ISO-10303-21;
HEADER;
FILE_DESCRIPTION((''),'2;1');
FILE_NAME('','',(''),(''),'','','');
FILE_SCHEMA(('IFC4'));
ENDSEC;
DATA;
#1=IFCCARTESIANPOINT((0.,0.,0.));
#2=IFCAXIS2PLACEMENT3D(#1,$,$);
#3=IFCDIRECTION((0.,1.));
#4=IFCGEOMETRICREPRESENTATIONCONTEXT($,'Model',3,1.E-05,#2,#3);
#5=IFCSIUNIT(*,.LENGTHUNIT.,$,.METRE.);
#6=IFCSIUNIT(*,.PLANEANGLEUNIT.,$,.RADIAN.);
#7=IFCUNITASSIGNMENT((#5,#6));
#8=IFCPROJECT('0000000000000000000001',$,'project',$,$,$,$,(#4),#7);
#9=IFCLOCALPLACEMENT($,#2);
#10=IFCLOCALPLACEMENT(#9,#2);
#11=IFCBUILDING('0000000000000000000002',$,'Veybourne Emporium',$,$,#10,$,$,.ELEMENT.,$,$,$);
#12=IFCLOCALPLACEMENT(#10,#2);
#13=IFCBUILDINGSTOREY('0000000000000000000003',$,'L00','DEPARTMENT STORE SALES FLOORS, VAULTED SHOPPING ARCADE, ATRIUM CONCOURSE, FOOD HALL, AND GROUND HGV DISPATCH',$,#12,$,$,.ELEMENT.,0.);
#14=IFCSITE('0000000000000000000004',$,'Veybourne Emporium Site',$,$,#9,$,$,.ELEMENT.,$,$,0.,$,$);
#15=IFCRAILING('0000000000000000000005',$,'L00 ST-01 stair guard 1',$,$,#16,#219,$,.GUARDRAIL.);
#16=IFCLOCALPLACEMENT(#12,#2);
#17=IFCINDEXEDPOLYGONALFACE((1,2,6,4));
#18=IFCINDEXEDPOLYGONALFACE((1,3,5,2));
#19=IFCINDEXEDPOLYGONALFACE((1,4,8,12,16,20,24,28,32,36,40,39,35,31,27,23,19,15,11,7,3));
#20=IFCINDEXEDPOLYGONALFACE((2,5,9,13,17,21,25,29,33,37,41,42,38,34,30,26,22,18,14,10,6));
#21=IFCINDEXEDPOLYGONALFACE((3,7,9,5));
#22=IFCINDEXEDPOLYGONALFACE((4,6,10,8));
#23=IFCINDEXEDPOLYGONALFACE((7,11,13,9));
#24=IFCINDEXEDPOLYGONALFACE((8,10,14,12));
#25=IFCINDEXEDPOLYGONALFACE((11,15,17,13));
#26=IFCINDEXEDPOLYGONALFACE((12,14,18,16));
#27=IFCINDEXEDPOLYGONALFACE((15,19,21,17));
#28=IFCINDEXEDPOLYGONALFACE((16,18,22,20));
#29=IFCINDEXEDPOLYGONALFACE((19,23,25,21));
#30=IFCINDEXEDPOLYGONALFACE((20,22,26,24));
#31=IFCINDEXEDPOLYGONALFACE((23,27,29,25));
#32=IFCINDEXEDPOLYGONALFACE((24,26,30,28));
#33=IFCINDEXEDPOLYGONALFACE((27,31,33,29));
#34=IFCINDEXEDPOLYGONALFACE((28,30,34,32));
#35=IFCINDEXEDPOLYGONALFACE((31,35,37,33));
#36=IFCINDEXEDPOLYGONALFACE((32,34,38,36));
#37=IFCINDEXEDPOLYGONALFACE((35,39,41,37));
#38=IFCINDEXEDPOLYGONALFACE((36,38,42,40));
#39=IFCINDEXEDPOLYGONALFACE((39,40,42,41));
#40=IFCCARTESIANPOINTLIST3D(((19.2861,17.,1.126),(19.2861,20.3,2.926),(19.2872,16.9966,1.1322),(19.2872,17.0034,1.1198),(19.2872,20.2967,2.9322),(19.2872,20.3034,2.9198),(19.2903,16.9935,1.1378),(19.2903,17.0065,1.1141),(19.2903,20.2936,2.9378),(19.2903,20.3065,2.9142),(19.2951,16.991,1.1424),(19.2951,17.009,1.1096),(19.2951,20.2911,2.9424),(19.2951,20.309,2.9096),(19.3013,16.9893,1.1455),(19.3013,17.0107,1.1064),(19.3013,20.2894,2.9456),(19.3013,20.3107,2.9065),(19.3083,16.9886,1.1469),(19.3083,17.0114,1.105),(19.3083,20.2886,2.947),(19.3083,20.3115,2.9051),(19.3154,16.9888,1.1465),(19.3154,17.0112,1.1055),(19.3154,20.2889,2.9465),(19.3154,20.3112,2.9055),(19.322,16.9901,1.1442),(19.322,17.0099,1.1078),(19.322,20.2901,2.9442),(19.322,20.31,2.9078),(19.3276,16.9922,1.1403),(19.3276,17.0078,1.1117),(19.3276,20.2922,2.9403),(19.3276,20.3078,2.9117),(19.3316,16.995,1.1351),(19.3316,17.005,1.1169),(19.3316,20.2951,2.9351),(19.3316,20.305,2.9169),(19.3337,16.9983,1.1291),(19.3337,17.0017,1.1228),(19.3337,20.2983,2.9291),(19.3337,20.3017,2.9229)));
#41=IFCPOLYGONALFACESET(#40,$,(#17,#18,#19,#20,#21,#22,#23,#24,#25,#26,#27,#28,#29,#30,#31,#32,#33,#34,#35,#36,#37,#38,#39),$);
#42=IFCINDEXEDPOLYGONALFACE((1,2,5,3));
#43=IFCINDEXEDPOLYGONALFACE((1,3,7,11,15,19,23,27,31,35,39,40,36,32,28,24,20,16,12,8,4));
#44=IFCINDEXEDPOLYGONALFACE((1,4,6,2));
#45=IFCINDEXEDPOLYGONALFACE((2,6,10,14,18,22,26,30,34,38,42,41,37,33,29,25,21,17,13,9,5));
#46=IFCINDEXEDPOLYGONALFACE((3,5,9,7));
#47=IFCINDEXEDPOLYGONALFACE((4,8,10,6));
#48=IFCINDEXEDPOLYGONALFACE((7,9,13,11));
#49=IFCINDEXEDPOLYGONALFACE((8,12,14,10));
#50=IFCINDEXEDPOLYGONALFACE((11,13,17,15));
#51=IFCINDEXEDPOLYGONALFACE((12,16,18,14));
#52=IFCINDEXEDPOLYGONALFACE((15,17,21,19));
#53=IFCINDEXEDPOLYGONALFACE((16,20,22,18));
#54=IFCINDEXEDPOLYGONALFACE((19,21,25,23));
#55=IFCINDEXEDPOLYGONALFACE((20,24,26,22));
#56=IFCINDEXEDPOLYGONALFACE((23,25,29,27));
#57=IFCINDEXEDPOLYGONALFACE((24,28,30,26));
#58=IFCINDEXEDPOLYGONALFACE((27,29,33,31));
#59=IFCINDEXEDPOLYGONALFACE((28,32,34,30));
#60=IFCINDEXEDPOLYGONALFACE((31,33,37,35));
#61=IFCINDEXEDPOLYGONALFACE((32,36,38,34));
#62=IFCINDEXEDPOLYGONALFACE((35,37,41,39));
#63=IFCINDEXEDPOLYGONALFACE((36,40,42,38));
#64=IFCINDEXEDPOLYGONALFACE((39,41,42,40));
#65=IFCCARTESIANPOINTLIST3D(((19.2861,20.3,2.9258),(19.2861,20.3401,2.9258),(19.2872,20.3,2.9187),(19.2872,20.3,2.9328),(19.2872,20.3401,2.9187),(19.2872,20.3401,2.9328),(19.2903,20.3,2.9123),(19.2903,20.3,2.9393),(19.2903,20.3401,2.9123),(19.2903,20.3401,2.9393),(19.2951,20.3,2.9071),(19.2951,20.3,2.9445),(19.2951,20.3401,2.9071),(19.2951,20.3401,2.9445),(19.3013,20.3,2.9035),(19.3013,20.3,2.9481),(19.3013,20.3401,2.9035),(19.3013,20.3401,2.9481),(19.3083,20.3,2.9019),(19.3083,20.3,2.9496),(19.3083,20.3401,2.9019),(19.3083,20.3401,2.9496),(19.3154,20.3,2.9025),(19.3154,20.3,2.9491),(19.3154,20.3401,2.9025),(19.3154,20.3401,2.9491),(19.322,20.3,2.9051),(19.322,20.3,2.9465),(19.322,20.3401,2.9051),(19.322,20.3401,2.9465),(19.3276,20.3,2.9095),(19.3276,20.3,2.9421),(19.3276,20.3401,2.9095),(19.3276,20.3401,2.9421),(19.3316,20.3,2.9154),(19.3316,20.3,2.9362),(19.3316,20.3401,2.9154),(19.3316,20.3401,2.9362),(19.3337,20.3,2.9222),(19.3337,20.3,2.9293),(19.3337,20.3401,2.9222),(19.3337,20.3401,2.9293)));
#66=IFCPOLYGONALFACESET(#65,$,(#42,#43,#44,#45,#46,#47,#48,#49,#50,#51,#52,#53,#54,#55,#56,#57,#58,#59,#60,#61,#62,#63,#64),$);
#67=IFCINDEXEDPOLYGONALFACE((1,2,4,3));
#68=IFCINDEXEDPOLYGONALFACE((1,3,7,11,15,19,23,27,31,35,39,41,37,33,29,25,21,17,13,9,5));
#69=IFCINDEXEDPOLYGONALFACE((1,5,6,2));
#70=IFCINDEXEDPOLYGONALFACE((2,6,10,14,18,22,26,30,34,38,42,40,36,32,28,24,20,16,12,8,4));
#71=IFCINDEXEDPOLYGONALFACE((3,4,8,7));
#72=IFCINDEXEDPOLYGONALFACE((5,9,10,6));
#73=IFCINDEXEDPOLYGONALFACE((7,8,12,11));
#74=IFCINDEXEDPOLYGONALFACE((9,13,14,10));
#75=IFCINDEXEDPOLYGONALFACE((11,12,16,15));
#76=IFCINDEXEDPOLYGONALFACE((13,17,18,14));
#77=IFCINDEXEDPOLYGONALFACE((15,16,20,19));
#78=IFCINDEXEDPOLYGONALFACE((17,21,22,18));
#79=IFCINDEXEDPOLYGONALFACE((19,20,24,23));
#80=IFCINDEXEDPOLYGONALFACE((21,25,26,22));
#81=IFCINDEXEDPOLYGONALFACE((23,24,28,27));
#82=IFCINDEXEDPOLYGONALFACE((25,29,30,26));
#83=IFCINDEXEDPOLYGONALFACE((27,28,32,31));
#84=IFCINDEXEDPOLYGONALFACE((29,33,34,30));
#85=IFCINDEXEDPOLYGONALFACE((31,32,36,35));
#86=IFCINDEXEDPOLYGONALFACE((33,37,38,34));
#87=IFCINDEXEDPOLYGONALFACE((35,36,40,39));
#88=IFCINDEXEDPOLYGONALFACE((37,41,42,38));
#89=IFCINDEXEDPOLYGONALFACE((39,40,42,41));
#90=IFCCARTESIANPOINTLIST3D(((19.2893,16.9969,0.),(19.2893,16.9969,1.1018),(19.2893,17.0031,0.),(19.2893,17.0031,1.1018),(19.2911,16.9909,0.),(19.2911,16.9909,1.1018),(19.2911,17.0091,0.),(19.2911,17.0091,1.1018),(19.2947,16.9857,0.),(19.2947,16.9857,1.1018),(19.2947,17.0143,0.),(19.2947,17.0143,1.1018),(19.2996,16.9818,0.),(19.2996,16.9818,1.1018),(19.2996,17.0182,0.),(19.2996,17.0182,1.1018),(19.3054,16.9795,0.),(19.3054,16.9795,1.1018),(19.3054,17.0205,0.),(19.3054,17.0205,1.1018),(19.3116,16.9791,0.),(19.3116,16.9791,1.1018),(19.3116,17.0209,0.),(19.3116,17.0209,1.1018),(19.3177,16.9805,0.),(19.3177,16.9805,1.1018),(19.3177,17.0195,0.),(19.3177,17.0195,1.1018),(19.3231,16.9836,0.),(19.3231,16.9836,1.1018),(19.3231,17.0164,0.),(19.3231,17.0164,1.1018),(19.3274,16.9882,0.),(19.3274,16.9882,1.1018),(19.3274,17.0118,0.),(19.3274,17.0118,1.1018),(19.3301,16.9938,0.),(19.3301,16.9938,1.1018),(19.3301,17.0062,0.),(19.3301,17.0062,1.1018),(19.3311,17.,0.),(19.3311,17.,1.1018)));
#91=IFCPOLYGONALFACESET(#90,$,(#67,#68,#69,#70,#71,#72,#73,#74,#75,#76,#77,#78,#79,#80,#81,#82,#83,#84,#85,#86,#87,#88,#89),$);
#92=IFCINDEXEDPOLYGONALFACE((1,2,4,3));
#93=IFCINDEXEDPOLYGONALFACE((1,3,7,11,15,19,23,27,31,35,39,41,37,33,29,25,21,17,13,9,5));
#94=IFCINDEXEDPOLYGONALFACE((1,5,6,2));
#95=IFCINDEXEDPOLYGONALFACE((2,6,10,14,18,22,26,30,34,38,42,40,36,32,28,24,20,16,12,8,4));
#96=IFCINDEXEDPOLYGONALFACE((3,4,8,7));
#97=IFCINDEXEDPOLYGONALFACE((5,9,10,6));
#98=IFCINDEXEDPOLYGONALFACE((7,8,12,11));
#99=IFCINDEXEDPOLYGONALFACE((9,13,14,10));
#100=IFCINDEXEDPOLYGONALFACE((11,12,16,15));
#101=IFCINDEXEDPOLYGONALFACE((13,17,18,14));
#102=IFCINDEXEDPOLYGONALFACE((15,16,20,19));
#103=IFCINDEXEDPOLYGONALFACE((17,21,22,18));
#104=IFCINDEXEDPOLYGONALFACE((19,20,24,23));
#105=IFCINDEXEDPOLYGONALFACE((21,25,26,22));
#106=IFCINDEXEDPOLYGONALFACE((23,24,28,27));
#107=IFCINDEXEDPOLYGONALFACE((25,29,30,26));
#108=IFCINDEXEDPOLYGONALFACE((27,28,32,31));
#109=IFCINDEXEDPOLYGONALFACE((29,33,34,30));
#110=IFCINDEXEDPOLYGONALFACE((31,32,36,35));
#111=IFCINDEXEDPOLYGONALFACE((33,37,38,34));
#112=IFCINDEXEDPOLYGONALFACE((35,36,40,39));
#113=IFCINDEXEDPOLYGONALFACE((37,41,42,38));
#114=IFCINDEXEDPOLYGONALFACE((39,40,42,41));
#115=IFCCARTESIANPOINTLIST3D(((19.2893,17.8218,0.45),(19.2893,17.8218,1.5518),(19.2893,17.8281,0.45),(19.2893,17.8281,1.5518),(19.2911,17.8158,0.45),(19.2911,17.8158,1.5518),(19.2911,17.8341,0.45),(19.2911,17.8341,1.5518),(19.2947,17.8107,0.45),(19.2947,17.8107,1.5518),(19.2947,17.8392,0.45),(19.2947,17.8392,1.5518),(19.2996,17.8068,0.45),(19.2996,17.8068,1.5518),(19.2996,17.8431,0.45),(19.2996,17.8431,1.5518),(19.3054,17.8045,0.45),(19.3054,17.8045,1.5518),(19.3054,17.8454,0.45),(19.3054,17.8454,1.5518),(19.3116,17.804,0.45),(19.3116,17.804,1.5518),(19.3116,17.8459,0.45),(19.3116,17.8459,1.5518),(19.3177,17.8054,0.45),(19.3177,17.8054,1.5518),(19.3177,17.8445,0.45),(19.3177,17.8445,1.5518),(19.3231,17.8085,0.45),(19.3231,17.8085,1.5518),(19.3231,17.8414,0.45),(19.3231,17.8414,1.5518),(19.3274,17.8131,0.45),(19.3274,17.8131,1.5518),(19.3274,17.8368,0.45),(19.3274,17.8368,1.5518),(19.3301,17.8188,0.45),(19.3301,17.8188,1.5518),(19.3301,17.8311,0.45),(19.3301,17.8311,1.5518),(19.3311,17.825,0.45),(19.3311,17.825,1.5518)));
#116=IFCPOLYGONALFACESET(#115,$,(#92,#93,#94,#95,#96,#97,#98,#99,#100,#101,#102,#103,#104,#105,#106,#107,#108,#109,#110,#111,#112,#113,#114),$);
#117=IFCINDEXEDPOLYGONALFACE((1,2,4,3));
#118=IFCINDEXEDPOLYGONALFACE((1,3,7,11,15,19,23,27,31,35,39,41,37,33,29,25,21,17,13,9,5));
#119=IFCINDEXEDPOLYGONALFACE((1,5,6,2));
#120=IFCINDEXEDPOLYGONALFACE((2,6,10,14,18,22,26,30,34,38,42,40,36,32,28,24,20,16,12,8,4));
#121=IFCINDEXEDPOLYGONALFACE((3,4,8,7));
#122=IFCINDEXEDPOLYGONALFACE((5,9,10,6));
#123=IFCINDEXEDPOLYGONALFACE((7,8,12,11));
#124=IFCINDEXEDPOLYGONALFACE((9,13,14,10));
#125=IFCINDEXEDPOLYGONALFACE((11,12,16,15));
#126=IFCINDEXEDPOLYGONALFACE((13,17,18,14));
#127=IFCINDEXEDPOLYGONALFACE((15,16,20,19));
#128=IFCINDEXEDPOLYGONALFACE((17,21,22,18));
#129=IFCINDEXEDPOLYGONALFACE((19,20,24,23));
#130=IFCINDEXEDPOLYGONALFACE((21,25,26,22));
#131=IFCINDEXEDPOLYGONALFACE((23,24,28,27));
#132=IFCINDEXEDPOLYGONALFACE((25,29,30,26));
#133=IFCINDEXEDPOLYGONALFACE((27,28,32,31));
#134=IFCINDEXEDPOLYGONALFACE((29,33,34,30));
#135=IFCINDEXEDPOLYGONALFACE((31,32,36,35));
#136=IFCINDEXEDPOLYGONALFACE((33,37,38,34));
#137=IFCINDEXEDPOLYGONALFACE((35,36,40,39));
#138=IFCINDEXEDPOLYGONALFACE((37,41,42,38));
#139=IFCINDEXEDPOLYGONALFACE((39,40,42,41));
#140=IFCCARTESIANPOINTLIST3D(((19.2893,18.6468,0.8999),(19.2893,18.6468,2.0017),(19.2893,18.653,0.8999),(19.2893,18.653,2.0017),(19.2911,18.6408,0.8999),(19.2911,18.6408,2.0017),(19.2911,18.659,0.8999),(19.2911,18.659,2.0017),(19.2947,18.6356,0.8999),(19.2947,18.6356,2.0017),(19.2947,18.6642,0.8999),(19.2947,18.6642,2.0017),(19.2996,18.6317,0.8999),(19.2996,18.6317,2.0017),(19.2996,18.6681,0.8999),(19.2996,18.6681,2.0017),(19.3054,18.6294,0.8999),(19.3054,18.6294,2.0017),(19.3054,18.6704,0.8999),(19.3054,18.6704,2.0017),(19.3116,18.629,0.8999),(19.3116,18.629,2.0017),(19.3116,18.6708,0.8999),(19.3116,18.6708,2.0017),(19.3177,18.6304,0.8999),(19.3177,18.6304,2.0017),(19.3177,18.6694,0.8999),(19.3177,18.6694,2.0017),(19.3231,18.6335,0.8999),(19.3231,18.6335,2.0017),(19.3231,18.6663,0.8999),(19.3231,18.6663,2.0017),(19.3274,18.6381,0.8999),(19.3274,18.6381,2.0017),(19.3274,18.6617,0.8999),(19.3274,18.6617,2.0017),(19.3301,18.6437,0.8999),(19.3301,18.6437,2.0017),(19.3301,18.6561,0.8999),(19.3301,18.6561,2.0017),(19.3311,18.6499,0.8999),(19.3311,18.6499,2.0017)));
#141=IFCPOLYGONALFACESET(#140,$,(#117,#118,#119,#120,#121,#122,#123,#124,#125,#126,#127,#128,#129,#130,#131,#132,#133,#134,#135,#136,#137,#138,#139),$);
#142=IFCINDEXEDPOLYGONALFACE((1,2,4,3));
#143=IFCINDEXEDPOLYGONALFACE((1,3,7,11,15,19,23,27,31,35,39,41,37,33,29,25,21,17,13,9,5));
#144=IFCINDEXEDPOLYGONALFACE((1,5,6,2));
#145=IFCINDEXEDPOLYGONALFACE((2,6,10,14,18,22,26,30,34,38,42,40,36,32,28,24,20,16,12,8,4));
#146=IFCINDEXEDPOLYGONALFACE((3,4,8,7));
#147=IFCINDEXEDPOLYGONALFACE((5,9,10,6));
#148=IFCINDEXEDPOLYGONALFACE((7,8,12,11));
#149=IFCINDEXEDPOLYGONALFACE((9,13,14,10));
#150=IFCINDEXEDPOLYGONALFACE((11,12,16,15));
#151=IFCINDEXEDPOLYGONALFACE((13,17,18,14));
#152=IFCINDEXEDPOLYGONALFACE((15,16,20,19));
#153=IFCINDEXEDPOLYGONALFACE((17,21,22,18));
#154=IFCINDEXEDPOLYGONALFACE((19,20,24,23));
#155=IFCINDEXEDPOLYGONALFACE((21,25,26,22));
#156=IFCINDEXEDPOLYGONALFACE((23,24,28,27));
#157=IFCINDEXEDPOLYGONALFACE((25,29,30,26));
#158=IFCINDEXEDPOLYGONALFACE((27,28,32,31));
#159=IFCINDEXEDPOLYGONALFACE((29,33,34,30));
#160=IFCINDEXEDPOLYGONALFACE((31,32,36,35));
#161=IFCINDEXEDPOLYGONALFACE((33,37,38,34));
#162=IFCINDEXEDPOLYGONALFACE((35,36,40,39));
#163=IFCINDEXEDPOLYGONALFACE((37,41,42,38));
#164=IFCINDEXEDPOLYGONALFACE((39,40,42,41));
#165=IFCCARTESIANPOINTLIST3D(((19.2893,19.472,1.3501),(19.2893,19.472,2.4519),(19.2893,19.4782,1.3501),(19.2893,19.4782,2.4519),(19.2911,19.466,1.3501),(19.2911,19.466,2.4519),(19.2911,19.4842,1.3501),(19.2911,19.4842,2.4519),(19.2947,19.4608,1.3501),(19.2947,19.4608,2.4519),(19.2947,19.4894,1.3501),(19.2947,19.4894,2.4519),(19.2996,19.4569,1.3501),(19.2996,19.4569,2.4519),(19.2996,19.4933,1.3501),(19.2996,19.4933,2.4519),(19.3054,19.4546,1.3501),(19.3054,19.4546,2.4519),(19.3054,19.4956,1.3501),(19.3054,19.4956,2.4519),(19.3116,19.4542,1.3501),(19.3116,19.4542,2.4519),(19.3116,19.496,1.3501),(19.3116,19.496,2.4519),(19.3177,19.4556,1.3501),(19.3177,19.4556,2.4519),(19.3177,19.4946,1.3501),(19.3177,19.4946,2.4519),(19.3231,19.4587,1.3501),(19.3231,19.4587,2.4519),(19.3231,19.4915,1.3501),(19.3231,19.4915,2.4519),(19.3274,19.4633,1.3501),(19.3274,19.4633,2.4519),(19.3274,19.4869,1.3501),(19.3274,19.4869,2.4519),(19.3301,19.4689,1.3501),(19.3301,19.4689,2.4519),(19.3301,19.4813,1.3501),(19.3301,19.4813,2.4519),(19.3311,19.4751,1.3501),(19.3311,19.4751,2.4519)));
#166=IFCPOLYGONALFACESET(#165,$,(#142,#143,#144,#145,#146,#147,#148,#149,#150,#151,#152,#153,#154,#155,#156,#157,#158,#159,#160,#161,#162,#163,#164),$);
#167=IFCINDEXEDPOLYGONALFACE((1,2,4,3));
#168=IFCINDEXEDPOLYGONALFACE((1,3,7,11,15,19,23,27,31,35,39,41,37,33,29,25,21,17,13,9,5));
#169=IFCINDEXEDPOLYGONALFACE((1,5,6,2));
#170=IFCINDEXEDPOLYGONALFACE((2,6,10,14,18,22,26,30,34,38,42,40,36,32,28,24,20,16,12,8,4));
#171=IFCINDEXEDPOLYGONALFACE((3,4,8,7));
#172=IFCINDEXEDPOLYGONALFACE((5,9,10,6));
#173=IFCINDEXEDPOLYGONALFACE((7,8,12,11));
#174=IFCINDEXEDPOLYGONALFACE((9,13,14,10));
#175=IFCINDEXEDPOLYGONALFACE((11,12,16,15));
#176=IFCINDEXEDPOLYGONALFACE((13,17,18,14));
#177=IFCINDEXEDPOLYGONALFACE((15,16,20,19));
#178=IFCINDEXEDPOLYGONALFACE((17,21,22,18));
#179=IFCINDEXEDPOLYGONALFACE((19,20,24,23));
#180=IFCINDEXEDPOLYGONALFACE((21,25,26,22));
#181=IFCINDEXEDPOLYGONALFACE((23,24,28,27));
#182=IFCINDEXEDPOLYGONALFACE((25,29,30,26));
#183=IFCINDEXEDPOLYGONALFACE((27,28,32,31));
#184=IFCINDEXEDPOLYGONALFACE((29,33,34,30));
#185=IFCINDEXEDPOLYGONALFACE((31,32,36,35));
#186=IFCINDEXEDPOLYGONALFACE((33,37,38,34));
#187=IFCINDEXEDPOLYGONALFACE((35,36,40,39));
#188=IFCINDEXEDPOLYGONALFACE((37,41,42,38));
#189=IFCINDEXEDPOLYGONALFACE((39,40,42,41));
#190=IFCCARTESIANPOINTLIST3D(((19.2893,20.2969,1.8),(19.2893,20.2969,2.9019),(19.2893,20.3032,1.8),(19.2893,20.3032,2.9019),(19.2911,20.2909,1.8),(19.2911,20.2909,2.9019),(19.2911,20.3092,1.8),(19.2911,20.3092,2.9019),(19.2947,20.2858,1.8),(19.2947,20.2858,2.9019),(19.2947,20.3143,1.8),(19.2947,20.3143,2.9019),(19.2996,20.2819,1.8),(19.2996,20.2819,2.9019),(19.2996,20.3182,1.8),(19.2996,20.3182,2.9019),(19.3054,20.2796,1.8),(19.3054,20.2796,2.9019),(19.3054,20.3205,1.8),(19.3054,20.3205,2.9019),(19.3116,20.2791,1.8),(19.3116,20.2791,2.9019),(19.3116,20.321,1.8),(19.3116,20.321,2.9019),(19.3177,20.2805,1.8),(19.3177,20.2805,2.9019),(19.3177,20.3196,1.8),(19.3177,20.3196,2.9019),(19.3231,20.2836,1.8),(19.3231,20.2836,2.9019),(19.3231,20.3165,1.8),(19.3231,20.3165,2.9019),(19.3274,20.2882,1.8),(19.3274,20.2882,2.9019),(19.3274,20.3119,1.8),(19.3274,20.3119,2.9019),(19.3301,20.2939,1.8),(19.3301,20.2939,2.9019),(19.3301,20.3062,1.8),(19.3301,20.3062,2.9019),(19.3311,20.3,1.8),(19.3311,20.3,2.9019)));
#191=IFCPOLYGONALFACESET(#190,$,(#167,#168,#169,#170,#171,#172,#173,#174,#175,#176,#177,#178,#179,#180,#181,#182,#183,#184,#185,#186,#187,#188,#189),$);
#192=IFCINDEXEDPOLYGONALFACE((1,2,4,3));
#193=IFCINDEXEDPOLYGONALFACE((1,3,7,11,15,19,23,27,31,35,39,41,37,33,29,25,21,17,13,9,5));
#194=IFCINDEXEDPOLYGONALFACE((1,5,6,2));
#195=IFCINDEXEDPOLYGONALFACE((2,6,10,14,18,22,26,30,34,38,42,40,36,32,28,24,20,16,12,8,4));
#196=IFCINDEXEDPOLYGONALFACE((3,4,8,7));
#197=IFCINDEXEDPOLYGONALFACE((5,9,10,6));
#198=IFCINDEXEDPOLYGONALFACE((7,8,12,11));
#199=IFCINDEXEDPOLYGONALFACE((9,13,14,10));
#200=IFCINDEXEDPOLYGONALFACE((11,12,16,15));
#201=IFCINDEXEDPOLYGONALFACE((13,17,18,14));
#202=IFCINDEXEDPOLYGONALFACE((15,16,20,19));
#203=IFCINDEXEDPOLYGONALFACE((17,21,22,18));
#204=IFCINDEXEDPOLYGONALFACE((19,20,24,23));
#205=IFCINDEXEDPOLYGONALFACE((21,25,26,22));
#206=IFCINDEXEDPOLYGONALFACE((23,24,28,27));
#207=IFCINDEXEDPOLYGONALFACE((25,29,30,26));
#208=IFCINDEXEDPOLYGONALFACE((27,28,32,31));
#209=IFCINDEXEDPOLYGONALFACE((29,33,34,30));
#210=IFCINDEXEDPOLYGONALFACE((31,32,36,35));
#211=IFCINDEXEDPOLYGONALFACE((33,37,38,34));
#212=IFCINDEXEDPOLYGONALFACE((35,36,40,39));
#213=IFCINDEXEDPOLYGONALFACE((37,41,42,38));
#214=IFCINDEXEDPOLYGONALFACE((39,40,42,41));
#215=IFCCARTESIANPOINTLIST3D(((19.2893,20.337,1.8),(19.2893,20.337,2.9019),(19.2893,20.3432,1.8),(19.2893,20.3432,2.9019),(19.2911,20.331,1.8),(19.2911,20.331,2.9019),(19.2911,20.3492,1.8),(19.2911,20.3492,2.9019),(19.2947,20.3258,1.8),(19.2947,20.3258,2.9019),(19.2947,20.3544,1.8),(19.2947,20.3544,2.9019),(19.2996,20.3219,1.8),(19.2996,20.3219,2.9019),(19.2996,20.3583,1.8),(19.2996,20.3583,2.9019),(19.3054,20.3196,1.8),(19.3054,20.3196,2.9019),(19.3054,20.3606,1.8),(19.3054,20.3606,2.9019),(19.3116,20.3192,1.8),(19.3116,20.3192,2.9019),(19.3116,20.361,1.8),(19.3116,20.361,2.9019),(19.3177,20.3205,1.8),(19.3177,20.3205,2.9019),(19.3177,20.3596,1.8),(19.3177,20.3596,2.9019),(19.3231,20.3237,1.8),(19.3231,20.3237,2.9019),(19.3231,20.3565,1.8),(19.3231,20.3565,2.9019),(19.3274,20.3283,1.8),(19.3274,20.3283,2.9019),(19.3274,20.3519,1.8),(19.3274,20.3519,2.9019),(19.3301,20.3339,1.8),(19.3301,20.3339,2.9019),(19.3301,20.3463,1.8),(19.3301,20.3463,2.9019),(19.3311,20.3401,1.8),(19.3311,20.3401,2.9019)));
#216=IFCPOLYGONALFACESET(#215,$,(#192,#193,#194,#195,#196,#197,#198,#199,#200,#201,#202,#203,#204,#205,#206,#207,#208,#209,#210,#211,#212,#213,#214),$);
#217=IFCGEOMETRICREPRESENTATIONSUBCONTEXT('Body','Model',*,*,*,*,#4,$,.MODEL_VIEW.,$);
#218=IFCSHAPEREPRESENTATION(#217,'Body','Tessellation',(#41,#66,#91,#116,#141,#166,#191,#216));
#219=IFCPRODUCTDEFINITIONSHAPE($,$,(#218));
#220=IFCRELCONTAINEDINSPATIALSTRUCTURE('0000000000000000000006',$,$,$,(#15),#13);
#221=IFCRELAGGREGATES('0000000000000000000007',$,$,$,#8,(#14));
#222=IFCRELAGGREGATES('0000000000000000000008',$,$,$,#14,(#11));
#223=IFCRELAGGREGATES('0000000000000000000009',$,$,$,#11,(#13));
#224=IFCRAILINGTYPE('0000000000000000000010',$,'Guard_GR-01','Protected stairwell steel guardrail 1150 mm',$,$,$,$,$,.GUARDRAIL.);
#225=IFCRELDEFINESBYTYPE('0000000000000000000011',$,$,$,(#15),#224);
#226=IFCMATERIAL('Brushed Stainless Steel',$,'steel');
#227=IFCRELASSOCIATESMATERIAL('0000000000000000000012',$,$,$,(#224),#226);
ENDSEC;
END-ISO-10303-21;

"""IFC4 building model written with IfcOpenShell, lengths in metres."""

from ifc_helpers import new_model, si_unit, direction, frame, origin, origin_2d, place, context, subcontext, project, spatial, circle, extrude, material, type_object, element, save


model = new_model("IFC4")

# Units and contexts
model_context = context("Model", 3, precision=1e-05, world=origin(), true_north=direction((0.0, 1.0)))
body_context = subcontext(model_context, "Body", "Model", "MODEL_VIEW")
ifc_project = project(units=[si_unit("LENGTHUNIT", "METRE"), si_unit("PLANEANGLEUNIT", "RADIAN")], contexts=[model_context])

# Site, building, storey
site_placement = place(None, origin())
site = spatial("IfcSite", under=ifc_project, at=site_placement, Name="Veybourne Emporium Site", CompositionType="ELEMENT", RefElevation=0.0)
building_placement = place(site_placement, origin())
building = spatial("IfcBuilding", under=site, at=building_placement, Name="Veybourne Emporium", CompositionType="ELEMENT")
storey_placement = place(building_placement, origin())
storey = spatial("IfcBuildingStorey", under=building, at=storey_placement, Name="L00", Description="DEPARTMENT STORE SALES FLOORS, VAULTED SHOPPING ARCADE, ATRIUM CONCOURSE, FOOD HALL, AND GROUND HGV DISPATCH", CompositionType="ELEMENT", Elevation=0.0)

# Railing
ifc_material_1 = material(Name="Brushed Stainless Steel", Category="steel")
railing_type_1 = type_object("IfcRailingType", Name="Guard_GR-01", Description="Protected stairwell steel guardrail 1150 mm", PredefinedType="GUARDRAIL", material=ifc_material_1)
railing_1_placement = place(storey_placement, frame((19.3101, 17.0, 0.0)))
element("IfcRailing", 1, at=railing_1_placement, inside=storey, type_object=railing_type_1, Name="L00 ST-01 stair guard 1", PredefinedType="GUARDRAIL", context=body_context, shape_type="SweptSolid", body=[
    extrude(circle(Radius=0.0239, at=origin_2d()), frame((0.0, 0.0, 1.126), z_axis=(0.0, 0.877893, 0.478857), x_axis=(-1.0, 0.0, 0.0)), (0.0, 0.0, 1.0), 3.759),
    extrude(circle(Radius=0.0239, at=origin_2d()), frame((0.0, 3.3, 2.9258), z_axis=(0.0, 1.0, 0.0), x_axis=(-1.0, 0.0, 0.0)), (0.0, 0.0, 1.0), 0.04),
    extrude(circle(Radius=0.021, at=origin_2d()), origin(), (0.0, 0.0, 1.0), 1.1018),
    extrude(circle(Radius=0.021, at=origin_2d()), frame((0.0, 0.825, 0.45)), (0.0, 0.0, 1.0), 1.1018),
    extrude(circle(Radius=0.021, at=origin_2d()), frame((0.0, 1.6499, 0.8999)), (0.0, 0.0, 1.0), 1.1018),
    extrude(circle(Radius=0.021, at=origin_2d()), frame((0.0, 2.4751, 1.3501)), (0.0, 0.0, 1.0), 1.1018),
    extrude(circle(Radius=0.021, at=origin_2d()), frame((0.0, 3.3, 1.8)), (0.0, 0.0, 1.0), 1.1018),
    extrude(circle(Radius=0.021, at=origin_2d()), frame((0.0, 3.3401, 1.8)), (0.0, 0.0, 1.0), 1.1018),
])

save(model, "model.ifc")
